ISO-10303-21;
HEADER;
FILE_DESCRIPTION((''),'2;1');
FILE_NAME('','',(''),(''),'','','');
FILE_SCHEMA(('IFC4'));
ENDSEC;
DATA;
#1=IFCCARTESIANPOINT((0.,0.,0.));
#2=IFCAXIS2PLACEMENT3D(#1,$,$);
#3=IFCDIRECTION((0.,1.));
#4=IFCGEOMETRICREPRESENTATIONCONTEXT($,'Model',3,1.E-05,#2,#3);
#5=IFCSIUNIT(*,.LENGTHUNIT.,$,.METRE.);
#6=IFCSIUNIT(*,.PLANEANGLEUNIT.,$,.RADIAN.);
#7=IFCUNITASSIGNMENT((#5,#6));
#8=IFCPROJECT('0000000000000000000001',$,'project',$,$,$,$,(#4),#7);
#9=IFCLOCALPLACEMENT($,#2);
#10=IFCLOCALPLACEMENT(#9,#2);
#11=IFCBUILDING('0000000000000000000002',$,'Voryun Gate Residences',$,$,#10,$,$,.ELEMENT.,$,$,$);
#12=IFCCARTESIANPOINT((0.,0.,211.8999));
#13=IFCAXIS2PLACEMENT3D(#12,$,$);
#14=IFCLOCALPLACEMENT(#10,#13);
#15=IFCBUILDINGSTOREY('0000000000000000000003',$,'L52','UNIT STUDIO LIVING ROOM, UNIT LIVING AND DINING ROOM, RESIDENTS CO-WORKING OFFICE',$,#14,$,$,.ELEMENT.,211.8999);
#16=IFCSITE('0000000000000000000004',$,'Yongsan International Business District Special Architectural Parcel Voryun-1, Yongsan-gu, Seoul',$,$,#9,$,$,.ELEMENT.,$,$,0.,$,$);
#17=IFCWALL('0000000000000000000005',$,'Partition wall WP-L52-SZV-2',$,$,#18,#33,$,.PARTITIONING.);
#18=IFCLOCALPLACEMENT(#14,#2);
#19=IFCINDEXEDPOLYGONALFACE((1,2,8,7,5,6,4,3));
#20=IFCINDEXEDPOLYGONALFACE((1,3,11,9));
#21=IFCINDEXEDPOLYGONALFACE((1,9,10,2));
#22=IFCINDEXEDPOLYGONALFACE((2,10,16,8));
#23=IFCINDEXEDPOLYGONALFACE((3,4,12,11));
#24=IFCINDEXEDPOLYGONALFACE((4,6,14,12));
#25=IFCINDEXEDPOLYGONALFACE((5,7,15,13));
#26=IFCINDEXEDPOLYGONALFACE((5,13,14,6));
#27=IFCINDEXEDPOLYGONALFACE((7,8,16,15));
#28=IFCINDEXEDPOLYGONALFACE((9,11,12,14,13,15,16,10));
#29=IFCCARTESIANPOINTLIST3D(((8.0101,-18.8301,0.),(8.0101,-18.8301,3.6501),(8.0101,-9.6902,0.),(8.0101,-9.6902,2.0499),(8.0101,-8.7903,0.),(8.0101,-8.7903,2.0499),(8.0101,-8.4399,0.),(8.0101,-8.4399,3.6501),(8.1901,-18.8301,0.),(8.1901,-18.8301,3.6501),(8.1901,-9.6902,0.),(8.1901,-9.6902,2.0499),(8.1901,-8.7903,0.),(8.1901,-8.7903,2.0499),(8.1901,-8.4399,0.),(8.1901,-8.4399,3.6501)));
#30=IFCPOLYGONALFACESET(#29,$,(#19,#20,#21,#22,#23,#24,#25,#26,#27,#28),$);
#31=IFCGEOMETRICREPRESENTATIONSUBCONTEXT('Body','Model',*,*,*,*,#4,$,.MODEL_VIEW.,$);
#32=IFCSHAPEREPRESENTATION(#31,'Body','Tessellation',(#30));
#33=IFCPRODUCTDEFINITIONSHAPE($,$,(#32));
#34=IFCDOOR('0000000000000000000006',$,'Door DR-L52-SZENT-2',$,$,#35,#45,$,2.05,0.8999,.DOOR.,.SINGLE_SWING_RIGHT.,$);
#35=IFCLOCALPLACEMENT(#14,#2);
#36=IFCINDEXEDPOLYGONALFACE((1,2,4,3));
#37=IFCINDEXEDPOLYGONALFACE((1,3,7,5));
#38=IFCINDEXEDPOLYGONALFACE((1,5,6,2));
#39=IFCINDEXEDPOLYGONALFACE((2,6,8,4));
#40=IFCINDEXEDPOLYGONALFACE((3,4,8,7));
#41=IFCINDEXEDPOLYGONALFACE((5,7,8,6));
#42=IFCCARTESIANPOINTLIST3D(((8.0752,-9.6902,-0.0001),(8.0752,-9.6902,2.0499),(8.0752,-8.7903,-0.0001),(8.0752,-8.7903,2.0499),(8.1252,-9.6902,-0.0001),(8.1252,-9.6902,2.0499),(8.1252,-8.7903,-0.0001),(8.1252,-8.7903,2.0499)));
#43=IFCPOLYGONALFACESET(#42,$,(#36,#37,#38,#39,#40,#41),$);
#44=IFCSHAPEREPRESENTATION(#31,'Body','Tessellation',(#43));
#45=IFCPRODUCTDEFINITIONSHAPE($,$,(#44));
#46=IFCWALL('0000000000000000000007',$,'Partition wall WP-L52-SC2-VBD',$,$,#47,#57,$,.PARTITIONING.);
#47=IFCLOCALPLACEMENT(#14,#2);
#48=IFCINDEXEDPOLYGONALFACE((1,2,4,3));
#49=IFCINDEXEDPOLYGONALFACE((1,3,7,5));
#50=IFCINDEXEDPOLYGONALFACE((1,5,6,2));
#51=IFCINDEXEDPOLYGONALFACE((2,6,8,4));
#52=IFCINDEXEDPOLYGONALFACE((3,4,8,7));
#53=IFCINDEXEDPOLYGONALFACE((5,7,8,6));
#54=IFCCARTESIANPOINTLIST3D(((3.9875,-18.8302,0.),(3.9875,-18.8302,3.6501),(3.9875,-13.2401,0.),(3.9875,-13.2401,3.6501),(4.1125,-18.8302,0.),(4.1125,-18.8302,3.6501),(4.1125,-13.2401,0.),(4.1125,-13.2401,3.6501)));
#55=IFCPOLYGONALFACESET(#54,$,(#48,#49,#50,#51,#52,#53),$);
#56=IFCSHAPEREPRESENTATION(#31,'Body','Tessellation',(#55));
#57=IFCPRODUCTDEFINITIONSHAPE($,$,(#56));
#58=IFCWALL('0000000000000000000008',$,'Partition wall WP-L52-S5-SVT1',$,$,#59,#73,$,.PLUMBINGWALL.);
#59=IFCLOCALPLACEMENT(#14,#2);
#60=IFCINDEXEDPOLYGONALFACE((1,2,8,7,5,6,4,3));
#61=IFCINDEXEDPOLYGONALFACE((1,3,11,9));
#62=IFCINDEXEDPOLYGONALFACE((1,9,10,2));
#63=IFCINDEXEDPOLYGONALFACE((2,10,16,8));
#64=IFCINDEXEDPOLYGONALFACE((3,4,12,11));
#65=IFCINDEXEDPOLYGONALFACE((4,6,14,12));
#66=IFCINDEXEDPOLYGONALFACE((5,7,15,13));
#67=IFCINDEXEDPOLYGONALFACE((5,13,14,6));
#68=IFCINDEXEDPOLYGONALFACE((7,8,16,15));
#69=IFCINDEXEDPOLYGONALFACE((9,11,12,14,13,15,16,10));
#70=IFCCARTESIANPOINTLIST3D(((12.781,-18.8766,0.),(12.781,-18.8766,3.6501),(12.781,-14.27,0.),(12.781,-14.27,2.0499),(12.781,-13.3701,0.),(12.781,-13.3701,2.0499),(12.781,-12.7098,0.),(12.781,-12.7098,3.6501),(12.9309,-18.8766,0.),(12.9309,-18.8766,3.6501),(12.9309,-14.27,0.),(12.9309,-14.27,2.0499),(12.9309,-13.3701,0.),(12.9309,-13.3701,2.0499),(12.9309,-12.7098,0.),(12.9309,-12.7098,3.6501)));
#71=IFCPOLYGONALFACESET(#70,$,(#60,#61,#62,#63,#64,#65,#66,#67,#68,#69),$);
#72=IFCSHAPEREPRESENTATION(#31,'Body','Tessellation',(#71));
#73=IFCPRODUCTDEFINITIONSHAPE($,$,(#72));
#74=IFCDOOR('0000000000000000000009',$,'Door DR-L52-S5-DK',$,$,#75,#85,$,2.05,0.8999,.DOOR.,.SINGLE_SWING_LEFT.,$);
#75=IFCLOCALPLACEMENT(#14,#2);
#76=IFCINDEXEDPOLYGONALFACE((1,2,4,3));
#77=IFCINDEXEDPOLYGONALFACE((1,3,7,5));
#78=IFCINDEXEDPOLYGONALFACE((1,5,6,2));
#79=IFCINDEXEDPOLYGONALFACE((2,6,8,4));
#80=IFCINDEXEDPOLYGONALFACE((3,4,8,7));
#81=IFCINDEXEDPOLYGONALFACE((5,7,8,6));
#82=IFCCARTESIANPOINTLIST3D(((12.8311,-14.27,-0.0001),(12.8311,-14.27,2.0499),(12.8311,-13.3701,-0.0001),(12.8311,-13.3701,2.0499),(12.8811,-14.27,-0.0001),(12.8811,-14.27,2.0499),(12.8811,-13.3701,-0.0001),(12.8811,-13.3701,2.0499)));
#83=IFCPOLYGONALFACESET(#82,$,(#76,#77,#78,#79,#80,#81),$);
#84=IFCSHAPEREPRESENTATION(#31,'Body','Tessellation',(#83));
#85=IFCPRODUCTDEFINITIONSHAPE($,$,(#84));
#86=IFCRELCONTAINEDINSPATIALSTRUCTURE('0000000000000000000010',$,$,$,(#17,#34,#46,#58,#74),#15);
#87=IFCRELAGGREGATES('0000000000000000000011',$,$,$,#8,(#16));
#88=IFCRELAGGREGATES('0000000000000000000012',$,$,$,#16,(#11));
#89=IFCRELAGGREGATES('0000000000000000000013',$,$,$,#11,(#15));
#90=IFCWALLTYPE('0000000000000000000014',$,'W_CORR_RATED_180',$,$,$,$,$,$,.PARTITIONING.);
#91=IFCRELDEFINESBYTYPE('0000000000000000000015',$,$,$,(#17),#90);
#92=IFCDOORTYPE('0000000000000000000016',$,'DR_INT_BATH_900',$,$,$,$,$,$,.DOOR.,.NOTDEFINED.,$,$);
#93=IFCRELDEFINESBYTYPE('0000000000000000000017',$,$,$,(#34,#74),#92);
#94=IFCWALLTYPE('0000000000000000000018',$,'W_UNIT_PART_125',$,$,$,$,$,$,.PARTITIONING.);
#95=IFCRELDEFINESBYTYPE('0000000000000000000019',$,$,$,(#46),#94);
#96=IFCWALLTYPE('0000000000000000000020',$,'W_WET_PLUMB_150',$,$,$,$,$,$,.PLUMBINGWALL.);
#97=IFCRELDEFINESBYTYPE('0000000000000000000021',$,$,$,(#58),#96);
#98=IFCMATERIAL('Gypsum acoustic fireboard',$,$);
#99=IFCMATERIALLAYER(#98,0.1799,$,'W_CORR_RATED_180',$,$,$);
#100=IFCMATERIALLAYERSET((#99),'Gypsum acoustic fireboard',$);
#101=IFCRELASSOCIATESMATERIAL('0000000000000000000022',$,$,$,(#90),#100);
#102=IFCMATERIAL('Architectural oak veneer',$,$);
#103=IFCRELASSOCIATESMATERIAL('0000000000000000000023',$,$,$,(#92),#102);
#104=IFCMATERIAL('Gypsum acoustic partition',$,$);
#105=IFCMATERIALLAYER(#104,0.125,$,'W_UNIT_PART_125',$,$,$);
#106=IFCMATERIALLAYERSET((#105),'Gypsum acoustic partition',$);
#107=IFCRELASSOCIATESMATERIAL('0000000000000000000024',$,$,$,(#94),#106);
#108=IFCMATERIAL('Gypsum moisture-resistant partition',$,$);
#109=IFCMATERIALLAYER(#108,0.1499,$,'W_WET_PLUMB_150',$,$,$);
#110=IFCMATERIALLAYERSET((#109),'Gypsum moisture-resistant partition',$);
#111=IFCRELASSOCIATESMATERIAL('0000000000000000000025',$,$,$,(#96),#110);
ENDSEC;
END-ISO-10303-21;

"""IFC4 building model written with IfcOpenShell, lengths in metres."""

from ifc_helpers import new_model, si_unit, direction, frame, frame_2d, origin, place, context, subcontext, project, spatial, rectangle, extrude, material, layer, layer_set, type_object, element, fill, save


model = new_model("IFC4")

# Units and contexts
model_context = context("Model", 3, precision=1e-05, world=origin(), true_north=direction((0.0, 1.0)))
body_context = subcontext(model_context, "Body", "Model", "MODEL_VIEW")
ifc_project = project(units=[si_unit("LENGTHUNIT", "METRE"), si_unit("PLANEANGLEUNIT", "RADIAN")], contexts=[model_context])

# Site, building, storey
site_placement = place(None, origin())
site = spatial("IfcSite", under=ifc_project, at=site_placement, Name="Yongsan International Business District Special Architectural Parcel Voryun-1, Yongsan-gu, Seoul", CompositionType="ELEMENT", RefElevation=0.0)
building_placement = place(site_placement, origin())
building = spatial("IfcBuilding", under=site, at=building_placement, Name="Voryun Gate Residences", CompositionType="ELEMENT")
storey_placement = place(building_placement, frame((0.0, 0.0, 211.8999)))
storey = spatial("IfcBuildingStorey", under=building, at=storey_placement, Name="L52", Description="UNIT STUDIO LIVING ROOM, UNIT LIVING AND DINING ROOM, RESIDENTS CO-WORKING OFFICE", CompositionType="ELEMENT", Elevation=211.8999)

# Wall, opening, door
ifc_material_1 = material(Name="Gypsum acoustic fireboard")
ifc_layer_1 = layer(ifc_material_1, 0.1799, Name="W_CORR_RATED_180")
ifc_layer_set_1 = layer_set([ifc_layer_1], Name="Gypsum acoustic fireboard")
wall_type_1 = type_object("IfcWallType", Name="W_CORR_RATED_180", PredefinedType="PARTITIONING", material=ifc_layer_set_1)
wall_1_placement = place(storey_placement, frame((8.1001, -18.8301, 0.0), z_axis=(0.0, 0.0, 1.0), x_axis=(0.0, 1.0, 0.0)))
wall_1 = element("IfcWall", 1, at=wall_1_placement, inside=storey, type_object=wall_type_1, Name="Partition wall WP-L52-SZV-2", PredefinedType="PARTITIONING", context=body_context, shape_type="SweptSolid", body=[
    extrude(rectangle(XDim=10.3901, YDim=0.1799, at=frame_2d((5.1951, 0.0))), origin(), (0.0, 0.0, 1.0), 3.6501),
])
opening_1_placement = place(wall_1_placement, frame((9.1399, 0.0, 0.0)))
opening_1 = element("IfcOpeningElement", 2, at=opening_1_placement, cuts=wall_1, PredefinedType="OPENING", context=body_context, shape_type="SweptSolid", body=[
    extrude(rectangle(XDim=0.8999, YDim=2.05, at=frame_2d((0.45, 1.0249))), frame((0.0, 0.0999, 0.0), z_axis=(0.0, -1.0, 0.0), x_axis=(1.0, 0.0, 0.0)), (0.0, 0.0, 1.0), 0.2),
])
ifc_material_2 = material(Name="Architectural oak veneer")
door_type = type_object("IfcDoorType", Name="DR_INT_BATH_900", OperationType="NOTDEFINED", PredefinedType="DOOR", material=ifc_material_2)
door_1_placement = place(opening_1_placement, origin())
door_1 = element("IfcDoor", 3, at=door_1_placement, inside=storey, type_object=door_type, Name="Door DR-L52-SZENT-2", OperationType="SINGLE_SWING_RIGHT", OverallHeight=2.05, OverallWidth=0.8999, PredefinedType="DOOR", context=body_context, shape_type="SweptSolid", body=[
    extrude(rectangle(XDim=0.8999, YDim=2.05, at=frame_2d((0.45, 1.0249))), frame((0.0, 0.0249, 0.0), z_axis=(0.0, -1.0, 0.0), x_axis=(1.0, 0.0, 0.0)), (0.0, 0.0, 1.0), 0.05),
])
fill(opening_1, door_1)

# Wall
ifc_material_3 = material(Name="Gypsum acoustic partition")
ifc_layer_2 = layer(ifc_material_3, 0.125, Name="W_UNIT_PART_125")
ifc_layer_set_2 = layer_set([ifc_layer_2], Name="Gypsum acoustic partition")
wall_type_2 = type_object("IfcWallType", Name="W_UNIT_PART_125", PredefinedType="PARTITIONING", material=ifc_layer_set_2)
wall_2_placement = place(storey_placement, frame((4.05, -18.8301, 0.0), z_axis=(0.0, 0.0, 1.0), x_axis=(0.0, 1.0, 0.0)))
element("IfcWall", 4, at=wall_2_placement, inside=storey, type_object=wall_type_2, Name="Partition wall WP-L52-SC2-VBD", PredefinedType="PARTITIONING", context=body_context, shape_type="SweptSolid", body=[
    extrude(rectangle(XDim=5.5901, YDim=0.125, at=frame_2d((2.7949, 0.0))), origin(), (0.0, 0.0, 1.0), 3.6501),
])

# Wall, opening, door
ifc_material_4 = material(Name="Gypsum moisture-resistant partition")
ifc_layer_3 = layer(ifc_material_4, 0.1499, Name="W_WET_PLUMB_150")
ifc_layer_set_3 = layer_set([ifc_layer_3], Name="Gypsum moisture-resistant partition")
wall_type_3 = type_object("IfcWallType", Name="W_WET_PLUMB_150", PredefinedType="PLUMBINGWALL", material=ifc_layer_set_3)
wall_3_placement = place(storey_placement, frame((12.856, -18.8767, 0.0), z_axis=(0.0, 0.0, 1.0), x_axis=(0.0, 1.0, 0.0)))
wall_3 = element("IfcWall", 5, at=wall_3_placement, inside=storey, type_object=wall_type_3, Name="Partition wall WP-L52-S5-SVT1", PredefinedType="PLUMBINGWALL", context=body_context, shape_type="SweptSolid", body=[
    extrude(rectangle(XDim=6.1667, YDim=0.1499, at=frame_2d((3.0835, 0.0))), origin(), (0.0, 0.0, 1.0), 3.6501),
])
opening_2_placement = place(wall_3_placement, frame((4.6067, 0.0, 0.0)))
opening_2 = element("IfcOpeningElement", 6, at=opening_2_placement, cuts=wall_3, PredefinedType="OPENING", context=body_context, shape_type="SweptSolid", body=[
    extrude(rectangle(XDim=0.8999, YDim=2.05, at=frame_2d((0.45, 1.0249))), frame((0.0, 0.085, 0.0), z_axis=(0.0, -1.0, 0.0), x_axis=(1.0, 0.0, 0.0)), (0.0, 0.0, 1.0), 0.1699),
])
door_2_placement = place(opening_2_placement, origin())
door_2 = element("IfcDoor", 7, at=door_2_placement, inside=storey, type_object=door_type, Name="Door DR-L52-S5-DK", OperationType="SINGLE_SWING_LEFT", OverallHeight=2.05, OverallWidth=0.8999, PredefinedType="DOOR", context=body_context, shape_type="SweptSolid", body=[
    extrude(rectangle(XDim=0.8999, YDim=2.05, at=frame_2d((0.45, 1.0249))), frame((0.0, 0.0249, 0.0), z_axis=(0.0, -1.0, 0.0), x_axis=(1.0, 0.0, 0.0)), (0.0, 0.0, 1.0), 0.05),
])
fill(opening_2, door_2)

save(model, "model.ifc")
